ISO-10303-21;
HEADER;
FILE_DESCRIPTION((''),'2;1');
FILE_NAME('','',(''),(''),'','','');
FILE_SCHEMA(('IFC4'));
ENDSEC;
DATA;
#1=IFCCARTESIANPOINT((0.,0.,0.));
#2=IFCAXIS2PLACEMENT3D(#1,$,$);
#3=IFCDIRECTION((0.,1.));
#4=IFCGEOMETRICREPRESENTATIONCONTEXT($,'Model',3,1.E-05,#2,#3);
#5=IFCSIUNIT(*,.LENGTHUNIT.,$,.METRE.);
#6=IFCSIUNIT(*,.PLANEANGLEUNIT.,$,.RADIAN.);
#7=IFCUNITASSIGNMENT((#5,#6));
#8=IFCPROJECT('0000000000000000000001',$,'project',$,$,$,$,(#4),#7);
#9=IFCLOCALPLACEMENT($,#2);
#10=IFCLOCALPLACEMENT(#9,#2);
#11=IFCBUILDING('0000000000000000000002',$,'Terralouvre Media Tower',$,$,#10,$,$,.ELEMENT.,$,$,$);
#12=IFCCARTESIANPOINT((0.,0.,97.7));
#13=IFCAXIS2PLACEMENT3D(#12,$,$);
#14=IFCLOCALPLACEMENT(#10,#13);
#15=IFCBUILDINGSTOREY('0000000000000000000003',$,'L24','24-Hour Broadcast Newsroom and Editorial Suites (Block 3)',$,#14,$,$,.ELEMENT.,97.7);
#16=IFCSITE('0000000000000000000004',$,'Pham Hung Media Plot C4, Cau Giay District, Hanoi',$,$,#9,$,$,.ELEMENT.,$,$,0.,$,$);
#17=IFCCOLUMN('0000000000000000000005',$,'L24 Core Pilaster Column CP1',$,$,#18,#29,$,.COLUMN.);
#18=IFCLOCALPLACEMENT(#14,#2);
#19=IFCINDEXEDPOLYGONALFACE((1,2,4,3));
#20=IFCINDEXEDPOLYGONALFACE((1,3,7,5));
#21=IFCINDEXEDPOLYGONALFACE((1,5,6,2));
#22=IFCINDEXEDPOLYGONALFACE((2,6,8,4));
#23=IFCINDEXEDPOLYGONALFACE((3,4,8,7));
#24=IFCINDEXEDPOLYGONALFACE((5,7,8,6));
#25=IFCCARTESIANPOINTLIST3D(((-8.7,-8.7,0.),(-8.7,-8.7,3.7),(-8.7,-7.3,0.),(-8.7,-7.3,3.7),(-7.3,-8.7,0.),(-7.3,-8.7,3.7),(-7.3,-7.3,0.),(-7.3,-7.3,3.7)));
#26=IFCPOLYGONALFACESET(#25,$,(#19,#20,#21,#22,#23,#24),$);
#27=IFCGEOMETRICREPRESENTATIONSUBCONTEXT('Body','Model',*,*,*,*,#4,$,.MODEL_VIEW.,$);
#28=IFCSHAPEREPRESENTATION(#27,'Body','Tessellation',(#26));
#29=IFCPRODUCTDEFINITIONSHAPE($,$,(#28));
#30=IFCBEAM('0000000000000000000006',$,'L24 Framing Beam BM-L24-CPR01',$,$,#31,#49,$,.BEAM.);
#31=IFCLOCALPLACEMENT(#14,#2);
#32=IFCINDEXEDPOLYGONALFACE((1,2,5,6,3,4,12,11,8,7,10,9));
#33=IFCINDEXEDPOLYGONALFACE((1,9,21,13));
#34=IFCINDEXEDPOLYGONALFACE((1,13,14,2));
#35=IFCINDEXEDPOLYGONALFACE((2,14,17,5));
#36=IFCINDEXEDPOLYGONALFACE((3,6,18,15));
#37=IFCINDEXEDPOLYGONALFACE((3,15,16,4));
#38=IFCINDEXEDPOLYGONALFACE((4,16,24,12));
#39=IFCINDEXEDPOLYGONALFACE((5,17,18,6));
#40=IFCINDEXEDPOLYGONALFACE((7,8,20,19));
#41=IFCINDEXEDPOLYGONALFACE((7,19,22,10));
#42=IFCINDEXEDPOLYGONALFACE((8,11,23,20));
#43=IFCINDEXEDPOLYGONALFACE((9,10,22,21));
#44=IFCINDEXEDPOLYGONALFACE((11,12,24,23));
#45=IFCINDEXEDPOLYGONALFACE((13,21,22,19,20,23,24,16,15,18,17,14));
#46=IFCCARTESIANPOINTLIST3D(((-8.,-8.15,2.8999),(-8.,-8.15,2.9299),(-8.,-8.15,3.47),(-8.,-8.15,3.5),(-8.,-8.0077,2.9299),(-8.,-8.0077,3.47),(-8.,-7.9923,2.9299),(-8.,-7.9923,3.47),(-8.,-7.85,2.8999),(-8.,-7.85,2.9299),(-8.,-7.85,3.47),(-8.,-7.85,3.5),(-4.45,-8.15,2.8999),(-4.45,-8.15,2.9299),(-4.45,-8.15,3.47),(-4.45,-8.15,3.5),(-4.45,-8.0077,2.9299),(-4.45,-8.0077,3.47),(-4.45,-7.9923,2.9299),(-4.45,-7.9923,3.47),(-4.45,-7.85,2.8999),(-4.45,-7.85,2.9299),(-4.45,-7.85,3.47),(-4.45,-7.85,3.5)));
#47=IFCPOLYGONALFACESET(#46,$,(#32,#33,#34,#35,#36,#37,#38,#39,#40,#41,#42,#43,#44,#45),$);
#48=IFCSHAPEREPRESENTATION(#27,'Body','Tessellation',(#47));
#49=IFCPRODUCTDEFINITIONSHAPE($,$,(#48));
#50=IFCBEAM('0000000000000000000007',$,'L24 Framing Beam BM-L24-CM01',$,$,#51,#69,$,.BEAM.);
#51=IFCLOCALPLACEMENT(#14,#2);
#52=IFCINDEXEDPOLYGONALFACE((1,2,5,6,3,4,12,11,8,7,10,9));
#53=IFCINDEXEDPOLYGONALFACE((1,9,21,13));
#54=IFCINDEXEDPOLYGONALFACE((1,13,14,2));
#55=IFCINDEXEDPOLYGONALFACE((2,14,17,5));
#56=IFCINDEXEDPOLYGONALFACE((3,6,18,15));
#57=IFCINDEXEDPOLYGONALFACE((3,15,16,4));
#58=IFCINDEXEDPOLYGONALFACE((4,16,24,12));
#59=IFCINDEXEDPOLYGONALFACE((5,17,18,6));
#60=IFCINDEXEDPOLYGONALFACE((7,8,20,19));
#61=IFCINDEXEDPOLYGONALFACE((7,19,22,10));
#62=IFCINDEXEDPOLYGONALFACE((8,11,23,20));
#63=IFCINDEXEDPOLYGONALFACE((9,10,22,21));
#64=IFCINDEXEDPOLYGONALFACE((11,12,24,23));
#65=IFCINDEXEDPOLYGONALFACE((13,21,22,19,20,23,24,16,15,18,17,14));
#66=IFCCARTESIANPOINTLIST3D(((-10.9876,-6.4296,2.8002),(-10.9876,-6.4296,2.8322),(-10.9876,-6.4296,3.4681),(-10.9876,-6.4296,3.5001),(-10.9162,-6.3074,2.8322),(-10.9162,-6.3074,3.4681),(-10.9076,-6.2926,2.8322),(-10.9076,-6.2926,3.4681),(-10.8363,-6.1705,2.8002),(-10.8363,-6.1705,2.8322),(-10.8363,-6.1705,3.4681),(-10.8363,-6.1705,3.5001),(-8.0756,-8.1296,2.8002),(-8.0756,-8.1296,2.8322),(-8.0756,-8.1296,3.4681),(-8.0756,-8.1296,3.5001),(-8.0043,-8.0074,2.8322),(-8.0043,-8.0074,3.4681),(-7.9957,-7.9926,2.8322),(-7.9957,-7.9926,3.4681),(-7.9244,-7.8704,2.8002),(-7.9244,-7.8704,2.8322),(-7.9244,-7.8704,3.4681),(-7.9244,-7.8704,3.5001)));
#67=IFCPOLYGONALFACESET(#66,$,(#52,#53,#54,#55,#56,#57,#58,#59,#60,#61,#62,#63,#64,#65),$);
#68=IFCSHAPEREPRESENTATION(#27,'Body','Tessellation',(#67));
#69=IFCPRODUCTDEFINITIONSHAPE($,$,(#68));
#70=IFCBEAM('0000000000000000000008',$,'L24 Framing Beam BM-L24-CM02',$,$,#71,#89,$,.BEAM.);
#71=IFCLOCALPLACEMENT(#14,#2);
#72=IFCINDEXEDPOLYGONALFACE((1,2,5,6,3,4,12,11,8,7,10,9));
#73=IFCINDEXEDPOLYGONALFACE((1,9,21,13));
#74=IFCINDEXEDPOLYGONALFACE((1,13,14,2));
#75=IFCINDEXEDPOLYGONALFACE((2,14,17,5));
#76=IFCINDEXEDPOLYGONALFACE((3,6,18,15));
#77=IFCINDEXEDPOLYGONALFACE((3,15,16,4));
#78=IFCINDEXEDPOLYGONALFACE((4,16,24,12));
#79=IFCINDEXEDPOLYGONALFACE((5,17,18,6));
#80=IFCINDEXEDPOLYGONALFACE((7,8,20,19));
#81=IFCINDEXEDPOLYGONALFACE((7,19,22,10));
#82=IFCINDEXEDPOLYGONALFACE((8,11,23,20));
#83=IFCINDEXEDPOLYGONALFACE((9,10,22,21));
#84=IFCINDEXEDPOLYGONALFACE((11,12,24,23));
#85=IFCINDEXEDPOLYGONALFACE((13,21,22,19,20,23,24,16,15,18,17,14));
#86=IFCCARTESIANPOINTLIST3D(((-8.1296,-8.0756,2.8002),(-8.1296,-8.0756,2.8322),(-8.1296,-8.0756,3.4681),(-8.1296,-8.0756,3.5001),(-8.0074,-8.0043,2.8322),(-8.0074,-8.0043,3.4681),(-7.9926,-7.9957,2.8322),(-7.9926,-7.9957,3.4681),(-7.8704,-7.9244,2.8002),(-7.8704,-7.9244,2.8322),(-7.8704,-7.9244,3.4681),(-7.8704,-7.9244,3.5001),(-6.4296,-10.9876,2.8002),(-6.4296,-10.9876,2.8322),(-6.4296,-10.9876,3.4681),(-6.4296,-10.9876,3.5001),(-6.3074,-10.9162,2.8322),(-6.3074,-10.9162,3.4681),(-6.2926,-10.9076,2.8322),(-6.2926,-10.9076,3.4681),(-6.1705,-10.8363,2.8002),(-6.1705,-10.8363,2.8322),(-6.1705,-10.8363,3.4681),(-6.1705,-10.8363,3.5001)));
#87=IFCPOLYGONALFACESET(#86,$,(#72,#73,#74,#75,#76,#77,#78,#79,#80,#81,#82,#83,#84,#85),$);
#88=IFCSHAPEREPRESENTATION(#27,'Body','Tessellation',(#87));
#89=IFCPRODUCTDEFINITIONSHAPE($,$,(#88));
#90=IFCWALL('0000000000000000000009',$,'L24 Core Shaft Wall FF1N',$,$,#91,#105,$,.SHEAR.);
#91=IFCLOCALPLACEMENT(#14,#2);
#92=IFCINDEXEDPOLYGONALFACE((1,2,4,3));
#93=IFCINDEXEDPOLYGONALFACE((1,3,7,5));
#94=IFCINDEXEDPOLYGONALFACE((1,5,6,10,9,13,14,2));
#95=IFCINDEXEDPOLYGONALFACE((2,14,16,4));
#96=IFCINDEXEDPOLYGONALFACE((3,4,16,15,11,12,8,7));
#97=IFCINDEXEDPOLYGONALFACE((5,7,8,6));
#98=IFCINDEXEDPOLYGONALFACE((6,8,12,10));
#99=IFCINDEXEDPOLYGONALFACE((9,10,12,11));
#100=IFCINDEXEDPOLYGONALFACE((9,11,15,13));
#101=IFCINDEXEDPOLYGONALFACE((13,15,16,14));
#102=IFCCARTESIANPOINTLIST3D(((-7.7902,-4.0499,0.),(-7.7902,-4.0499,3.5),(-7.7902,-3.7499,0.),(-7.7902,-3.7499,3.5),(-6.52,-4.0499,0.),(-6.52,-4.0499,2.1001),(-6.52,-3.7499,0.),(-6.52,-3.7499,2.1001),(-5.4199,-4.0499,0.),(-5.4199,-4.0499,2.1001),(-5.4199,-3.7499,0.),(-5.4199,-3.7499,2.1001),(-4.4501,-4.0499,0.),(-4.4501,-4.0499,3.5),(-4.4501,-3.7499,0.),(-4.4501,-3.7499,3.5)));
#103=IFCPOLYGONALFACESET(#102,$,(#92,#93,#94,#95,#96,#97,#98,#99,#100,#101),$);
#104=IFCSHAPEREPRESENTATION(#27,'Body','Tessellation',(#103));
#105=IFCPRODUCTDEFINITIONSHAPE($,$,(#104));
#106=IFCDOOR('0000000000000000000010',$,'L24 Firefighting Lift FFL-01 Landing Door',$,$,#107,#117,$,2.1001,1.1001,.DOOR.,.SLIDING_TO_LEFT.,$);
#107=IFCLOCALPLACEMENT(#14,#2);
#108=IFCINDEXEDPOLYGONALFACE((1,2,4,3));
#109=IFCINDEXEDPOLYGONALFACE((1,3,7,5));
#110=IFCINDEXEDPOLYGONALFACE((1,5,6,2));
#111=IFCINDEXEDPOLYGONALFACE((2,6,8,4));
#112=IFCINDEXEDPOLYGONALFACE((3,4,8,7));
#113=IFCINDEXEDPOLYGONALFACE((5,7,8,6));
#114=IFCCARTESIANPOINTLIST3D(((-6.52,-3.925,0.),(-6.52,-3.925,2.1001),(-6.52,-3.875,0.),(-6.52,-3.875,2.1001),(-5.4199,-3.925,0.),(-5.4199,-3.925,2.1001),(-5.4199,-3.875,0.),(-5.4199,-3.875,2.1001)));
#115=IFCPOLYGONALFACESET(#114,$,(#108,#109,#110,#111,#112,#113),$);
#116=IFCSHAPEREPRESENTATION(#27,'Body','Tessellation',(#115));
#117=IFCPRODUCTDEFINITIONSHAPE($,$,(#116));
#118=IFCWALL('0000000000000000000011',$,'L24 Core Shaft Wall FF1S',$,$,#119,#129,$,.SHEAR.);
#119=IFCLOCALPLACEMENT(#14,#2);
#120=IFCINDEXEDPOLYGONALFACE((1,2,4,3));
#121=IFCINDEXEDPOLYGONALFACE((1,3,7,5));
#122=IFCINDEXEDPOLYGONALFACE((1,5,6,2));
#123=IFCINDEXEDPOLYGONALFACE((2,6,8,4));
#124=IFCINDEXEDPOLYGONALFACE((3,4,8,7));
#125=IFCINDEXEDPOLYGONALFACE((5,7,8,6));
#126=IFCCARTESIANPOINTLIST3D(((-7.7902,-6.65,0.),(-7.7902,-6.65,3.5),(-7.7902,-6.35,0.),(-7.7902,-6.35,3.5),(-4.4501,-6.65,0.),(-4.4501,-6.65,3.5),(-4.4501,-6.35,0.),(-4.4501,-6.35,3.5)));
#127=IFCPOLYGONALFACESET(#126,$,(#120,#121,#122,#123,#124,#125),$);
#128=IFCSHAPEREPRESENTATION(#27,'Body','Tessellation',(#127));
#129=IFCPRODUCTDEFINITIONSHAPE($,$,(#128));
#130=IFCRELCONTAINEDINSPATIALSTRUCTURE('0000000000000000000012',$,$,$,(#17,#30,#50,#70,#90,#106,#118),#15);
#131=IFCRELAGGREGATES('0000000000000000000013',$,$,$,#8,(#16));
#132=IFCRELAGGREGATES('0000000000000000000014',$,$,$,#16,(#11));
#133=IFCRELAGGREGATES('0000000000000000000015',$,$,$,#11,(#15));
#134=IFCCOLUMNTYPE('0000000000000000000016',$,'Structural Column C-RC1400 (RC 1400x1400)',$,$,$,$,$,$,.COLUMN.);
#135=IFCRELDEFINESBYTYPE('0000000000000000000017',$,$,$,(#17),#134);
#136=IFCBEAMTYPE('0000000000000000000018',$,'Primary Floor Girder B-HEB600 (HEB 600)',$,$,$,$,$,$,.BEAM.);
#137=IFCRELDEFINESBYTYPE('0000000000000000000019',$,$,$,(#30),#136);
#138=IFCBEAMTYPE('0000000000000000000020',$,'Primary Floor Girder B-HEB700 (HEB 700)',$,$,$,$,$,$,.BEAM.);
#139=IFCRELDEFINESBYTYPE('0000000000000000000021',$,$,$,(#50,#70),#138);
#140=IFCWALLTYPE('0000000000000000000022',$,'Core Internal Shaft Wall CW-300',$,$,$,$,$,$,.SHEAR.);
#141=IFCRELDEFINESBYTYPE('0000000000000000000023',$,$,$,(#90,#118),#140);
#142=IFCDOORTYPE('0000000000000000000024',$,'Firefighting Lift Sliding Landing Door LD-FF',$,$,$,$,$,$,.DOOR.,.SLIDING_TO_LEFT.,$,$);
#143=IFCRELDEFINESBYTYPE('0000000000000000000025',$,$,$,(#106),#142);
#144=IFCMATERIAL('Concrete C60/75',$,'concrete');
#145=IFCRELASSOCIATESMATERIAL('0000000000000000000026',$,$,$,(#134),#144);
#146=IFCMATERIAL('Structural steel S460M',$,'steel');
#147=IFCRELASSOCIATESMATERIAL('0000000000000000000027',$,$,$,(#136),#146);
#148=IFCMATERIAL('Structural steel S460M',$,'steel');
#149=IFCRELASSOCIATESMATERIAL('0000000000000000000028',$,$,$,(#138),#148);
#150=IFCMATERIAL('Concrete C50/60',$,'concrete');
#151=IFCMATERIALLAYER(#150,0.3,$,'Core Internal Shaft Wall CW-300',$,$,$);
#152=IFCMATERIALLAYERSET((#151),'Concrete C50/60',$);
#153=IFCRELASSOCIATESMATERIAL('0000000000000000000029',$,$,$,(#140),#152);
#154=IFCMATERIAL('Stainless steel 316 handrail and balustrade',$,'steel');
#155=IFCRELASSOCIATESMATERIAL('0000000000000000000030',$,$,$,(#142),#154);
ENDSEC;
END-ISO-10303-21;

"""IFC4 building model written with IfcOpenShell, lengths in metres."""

from ifc_helpers import new_model, si_unit, direction, frame, frame_2d, origin, origin_2d, place, context, subcontext, project, spatial, rectangle, i_section, extrude, material, layer, layer_set, material_profile, profile_set, type_object, element, fill, save


model = new_model("IFC4")

# Units and contexts
model_context = context("Model", 3, precision=1e-05, world=origin(), true_north=direction((0.0, 1.0)))
body_context = subcontext(model_context, "Body", "Model", "MODEL_VIEW")
ifc_project = project(units=[si_unit("LENGTHUNIT", "METRE"), si_unit("PLANEANGLEUNIT", "RADIAN")], contexts=[model_context])

# Site, building, storey
site_placement = place(None, origin())
site = spatial("IfcSite", under=ifc_project, at=site_placement, Name="Pham Hung Media Plot C4, Cau Giay District, Hanoi", CompositionType="ELEMENT", RefElevation=0.0)
building_placement = place(site_placement, origin())
building = spatial("IfcBuilding", under=site, at=building_placement, Name="Terralouvre Media Tower", CompositionType="ELEMENT")
storey_placement = place(building_placement, frame((0.0, 0.0, 97.7)))
storey = spatial("IfcBuildingStorey", under=building, at=storey_placement, Name="L24", Description="24-Hour Broadcast Newsroom and Editorial Suites (Block 3)", CompositionType="ELEMENT", Elevation=97.7)

# Column
ifc_material_1 = material(Name="Concrete C60/75", Category="concrete")
ifc_material_profile_1 = material_profile(ifc_material_1, rectangle(XDim=1.3999, YDim=1.3999, at=origin_2d()), Name="RC 1400x1400")
ifc_profile_set_1 = profile_set([ifc_material_profile_1], Name="Concrete C60/75")
column_type = type_object("IfcColumnType", Name="Structural Column C-RC1400 (RC 1400x1400)", PredefinedType="COLUMN", material=ifc_profile_set_1)
column_placement = place(storey_placement, frame((-8.0, -8.0, 0.0), z_axis=(0.0, 0.0, 1.0), x_axis=(1.0, 0.0, 0.0)))
element("IfcColumn", 1, at=column_placement, inside=storey, type_object=column_type, Name="L24 Core Pilaster Column CP1", PredefinedType="COLUMN", context=body_context, shape_type="SweptSolid", body=[
    extrude(rectangle(XDim=1.3999, YDim=1.3999, at=origin_2d()), origin(), (0.0, 0.0, 1.0), 3.7),
])

# Beams
ifc_material_2 = material(Name="Structural steel S460M", Category="steel")
ifc_material_profile_2 = material_profile(ifc_material_2, i_section(OverallWidth=0.3, OverallDepth=0.6001, WebThickness=0.0154, FlangeThickness=0.03, at=origin_2d()), Name="HEB 600")
ifc_profile_set_2 = profile_set([ifc_material_profile_2], Name="Structural steel S460M")
beam_type_1 = type_object("IfcBeamType", Name="Primary Floor Girder B-HEB600 (HEB 600)", PredefinedType="BEAM", material=ifc_profile_set_2)
beam_placement = place(storey_placement, frame((-8.0, -8.0, 3.2), z_axis=(1.0, 0.0, 0.0), x_axis=(0.0, 1.0, 0.0)))
element("IfcBeam", 2, at=beam_placement, inside=storey, type_object=beam_type_1, Name="L24 Framing Beam BM-L24-CPR01", PredefinedType="BEAM", context=body_context, shape_type="SweptSolid", body=[
    extrude(i_section(OverallWidth=0.3, OverallDepth=0.6001, WebThickness=0.0154, FlangeThickness=0.03, at=origin_2d()), origin(), (0.0, 0.0, 1.0), 3.55),
])
ifc_material_3 = material(Name="Structural steel S460M", Category="steel")
ifc_material_profile_3 = material_profile(ifc_material_3, i_section(OverallWidth=0.3, OverallDepth=0.7, WebThickness=0.0171, FlangeThickness=0.032, at=origin_2d()), Name="HEB 700")
ifc_profile_set_3 = profile_set([ifc_material_profile_3], Name="Structural steel S460M")
beam_type_2 = type_object("IfcBeamType", Name="Primary Floor Girder B-HEB700 (HEB 700)", PredefinedType="BEAM", material=ifc_profile_set_3)
for number, where, z_axis, x_axis, name in (
    (3, (-8.0, -8.0, 3.1501), (-0.863603, 0.504173, 0.0), (-0.504173, -0.863603, 0.0), "L24 Framing Beam BM-L24-CM01"),
    (4, (-8.0, -8.0, 3.1501), (0.504173, -0.863603, 0.0), (0.863603, 0.504173, 0.0), "L24 Framing Beam BM-L24-CM02"),
):
    element("IfcBeam", number, at=place(storey_placement, frame(where, z_axis=z_axis, x_axis=x_axis)), inside=storey, type_object=beam_type_2, Name=name, PredefinedType="BEAM", context=body_context, shape_type="SweptSolid", body=[
        extrude(i_section(OverallWidth=0.3, OverallDepth=0.7, WebThickness=0.0171, FlangeThickness=0.032, at=origin_2d()), origin(), (0.0, 0.0, 1.0), 3.3718),
    ])

# Wall, opening, door
ifc_material_4 = material(Name="Concrete C50/60", Category="concrete")
ifc_layer_1 = layer(ifc_material_4, 0.3, Name="Core Internal Shaft Wall CW-300")
ifc_layer_set_1 = layer_set([ifc_layer_1], Name="Concrete C50/60")
wall_type_1 = type_object("IfcWallType", Name="Core Internal Shaft Wall CW-300", PredefinedType="SHEAR", material=ifc_layer_set_1)
wall_1_placement = place(storey_placement, frame((-7.79, -3.8999, 0.0), z_axis=(0.0, 0.0, 1.0), x_axis=(1.0, 0.0, 0.0)))
wall_1 = element("IfcWall", 5, at=wall_1_placement, inside=storey, type_object=wall_type_1, Name="L24 Core Shaft Wall FF1N", PredefinedType="SHEAR", context=body_context, shape_type="SweptSolid", body=[
    extrude(rectangle(XDim=3.3401, YDim=0.3, at=frame_2d((1.6699, 0.0))), origin(), (0.0, 0.0, 1.0), 3.5),
])
opening_1_placement = place(wall_1_placement, frame((1.27, 0.0, 0.0)))
opening_1 = element("IfcOpeningElement", 6, at=opening_1_placement, cuts=wall_1, PredefinedType="OPENING", context=body_context, shape_type="SweptSolid", body=[
    extrude(rectangle(XDim=1.1001, YDim=2.1001, at=frame_2d((0.55, 1.05))), frame((0.0, 0.1599, 0.0), z_axis=(0.0, -1.0, 0.0), x_axis=(1.0, 0.0, 0.0)), (0.0, 0.0, 1.0), 0.3201),
])
ifc_material_5 = material(Name="Stainless steel 316 handrail and balustrade", Category="steel")
door_type_1 = type_object("IfcDoorType", Name="Firefighting Lift Sliding Landing Door LD-FF", OperationType="SLIDING_TO_LEFT", PredefinedType="DOOR", material=ifc_material_5)
door_1_placement = place(opening_1_placement, origin())
door_1 = element("IfcDoor", 7, at=door_1_placement, inside=storey, type_object=door_type_1, Name="L24 Firefighting Lift FFL-01 Landing Door", OperationType="SLIDING_TO_LEFT", OverallHeight=2.1001, OverallWidth=1.1001, PredefinedType="DOOR", context=body_context, shape_type="SweptSolid", body=[
    extrude(rectangle(XDim=1.1001, YDim=2.1001, at=frame_2d((0.55, 1.05))), frame((0.0, 0.0249, 0.0), z_axis=(0.0, -1.0, 0.0), x_axis=(1.0, 0.0, 0.0)), (0.0, 0.0, 1.0), 0.05),
])
fill(opening_1, door_1)

# Wall
wall_2_placement = place(storey_placement, frame((-7.79, -6.5, 0.0), z_axis=(0.0, 0.0, 1.0), x_axis=(1.0, 0.0, 0.0)))
element("IfcWall", 8, at=wall_2_placement, inside=storey, type_object=wall_type_1, Name="L24 Core Shaft Wall FF1S", PredefinedType="SHEAR", context=body_context, shape_type="SweptSolid", body=[
    extrude(rectangle(XDim=3.3401, YDim=0.3, at=frame_2d((1.6699, 0.0))), origin(), (0.0, 0.0, 1.0), 3.5),
])

save(model, "model.ifc")
